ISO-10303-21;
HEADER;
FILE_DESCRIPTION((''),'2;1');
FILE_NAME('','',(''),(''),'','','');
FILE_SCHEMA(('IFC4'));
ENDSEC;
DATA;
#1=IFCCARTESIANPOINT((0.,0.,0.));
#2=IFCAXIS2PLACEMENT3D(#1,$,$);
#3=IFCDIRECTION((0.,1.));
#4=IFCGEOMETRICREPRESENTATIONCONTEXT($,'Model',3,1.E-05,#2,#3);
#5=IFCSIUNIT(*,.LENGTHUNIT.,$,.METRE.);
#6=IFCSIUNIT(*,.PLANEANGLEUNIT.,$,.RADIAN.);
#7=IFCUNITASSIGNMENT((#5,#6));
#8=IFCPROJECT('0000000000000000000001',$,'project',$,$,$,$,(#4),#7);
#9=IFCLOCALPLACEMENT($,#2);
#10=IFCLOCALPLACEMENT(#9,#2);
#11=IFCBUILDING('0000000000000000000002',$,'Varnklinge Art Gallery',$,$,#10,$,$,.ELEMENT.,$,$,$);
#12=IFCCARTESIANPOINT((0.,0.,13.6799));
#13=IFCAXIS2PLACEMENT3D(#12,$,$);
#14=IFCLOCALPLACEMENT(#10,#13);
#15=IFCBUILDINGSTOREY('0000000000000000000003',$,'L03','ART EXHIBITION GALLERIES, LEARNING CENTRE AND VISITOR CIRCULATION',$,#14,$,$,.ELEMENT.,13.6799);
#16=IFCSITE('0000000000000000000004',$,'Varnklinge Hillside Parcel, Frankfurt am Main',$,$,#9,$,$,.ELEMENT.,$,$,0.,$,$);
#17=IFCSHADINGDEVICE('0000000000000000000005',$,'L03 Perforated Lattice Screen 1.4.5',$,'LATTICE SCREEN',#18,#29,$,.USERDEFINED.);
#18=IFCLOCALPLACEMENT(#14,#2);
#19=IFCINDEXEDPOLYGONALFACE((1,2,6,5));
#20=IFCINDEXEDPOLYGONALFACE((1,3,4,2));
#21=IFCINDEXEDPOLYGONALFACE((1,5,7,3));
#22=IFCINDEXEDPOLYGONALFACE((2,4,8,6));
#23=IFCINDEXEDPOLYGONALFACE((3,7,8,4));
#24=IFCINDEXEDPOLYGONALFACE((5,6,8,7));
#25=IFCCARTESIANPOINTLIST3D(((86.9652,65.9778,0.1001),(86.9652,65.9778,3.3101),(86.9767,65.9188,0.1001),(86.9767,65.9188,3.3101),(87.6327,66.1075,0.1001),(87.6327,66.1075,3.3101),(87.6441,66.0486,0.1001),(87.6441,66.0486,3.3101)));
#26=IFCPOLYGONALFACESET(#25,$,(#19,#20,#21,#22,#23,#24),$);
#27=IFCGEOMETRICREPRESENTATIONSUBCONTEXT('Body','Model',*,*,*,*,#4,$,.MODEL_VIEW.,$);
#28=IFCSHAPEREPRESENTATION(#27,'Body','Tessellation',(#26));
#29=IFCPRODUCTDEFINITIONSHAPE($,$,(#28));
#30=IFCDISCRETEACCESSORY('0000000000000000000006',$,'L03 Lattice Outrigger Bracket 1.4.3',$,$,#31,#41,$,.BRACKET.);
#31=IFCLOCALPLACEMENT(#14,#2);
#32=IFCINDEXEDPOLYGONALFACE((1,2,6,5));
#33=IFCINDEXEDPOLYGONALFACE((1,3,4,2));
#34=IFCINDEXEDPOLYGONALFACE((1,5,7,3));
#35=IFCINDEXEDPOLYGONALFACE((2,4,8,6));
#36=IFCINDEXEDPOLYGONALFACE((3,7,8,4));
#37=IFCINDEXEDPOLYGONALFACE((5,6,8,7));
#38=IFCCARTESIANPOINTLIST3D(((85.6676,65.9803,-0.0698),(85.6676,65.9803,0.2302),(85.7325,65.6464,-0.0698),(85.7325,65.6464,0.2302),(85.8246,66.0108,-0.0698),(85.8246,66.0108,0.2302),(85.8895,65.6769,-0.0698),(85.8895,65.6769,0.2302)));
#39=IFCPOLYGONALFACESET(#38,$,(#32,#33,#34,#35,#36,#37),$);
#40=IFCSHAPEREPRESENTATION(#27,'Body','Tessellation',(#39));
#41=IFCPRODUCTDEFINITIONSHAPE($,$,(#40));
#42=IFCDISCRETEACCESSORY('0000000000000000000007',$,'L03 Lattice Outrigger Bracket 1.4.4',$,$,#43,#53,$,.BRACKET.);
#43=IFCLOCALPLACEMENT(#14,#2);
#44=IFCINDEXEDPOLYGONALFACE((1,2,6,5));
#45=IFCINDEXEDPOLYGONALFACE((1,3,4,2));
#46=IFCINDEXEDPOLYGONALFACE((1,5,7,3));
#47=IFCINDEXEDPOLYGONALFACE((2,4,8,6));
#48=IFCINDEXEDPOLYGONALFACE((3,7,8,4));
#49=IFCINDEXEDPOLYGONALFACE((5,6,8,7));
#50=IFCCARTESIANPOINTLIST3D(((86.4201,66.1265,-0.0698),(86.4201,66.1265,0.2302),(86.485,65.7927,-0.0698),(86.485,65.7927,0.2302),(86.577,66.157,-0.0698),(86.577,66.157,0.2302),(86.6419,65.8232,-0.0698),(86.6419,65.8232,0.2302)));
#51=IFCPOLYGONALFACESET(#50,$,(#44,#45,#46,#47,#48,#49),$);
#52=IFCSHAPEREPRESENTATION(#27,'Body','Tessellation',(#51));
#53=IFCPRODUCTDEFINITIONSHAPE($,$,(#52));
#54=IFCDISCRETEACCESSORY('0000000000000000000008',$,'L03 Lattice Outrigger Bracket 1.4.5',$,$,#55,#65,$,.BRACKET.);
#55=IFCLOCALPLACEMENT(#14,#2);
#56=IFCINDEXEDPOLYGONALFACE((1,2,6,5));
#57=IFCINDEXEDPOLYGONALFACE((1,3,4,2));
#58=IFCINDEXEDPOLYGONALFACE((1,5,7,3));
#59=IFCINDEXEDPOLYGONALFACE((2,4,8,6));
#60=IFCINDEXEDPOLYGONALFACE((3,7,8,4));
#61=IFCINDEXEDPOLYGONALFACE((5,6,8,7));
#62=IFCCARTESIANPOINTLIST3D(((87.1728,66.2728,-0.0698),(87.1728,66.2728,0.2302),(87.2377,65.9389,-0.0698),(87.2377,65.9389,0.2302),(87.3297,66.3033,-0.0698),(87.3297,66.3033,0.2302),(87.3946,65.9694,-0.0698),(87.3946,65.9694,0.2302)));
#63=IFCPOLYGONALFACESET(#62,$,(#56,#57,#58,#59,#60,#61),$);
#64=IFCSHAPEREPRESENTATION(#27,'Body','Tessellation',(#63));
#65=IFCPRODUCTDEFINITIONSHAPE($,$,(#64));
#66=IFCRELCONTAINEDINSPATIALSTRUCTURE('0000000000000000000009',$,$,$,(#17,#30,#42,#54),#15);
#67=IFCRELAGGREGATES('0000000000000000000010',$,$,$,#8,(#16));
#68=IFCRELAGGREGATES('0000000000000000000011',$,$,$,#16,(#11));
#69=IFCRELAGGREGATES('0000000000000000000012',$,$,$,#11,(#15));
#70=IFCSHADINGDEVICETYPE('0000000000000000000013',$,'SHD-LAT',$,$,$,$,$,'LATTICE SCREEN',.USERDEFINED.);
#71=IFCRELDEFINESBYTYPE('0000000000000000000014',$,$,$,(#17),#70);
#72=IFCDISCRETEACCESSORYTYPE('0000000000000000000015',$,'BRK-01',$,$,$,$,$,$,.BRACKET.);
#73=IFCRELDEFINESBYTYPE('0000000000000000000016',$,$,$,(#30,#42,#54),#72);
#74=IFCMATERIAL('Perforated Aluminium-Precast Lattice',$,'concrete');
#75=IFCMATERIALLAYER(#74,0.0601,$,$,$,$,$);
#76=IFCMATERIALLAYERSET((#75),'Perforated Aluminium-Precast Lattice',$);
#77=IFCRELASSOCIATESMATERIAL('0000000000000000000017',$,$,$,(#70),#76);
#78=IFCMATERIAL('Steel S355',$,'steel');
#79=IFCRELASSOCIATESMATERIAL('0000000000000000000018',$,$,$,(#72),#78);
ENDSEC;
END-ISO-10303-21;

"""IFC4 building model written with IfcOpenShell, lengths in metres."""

from ifc_helpers import new_model, si_unit, direction, frame, origin, origin_2d, place, context, subcontext, project, spatial, rectangle, extrude, material, layer, layer_set, type_object, element, save


model = new_model("IFC4")

# Units and contexts
model_context = context("Model", 3, precision=1e-05, world=origin(), true_north=direction((0.0, 1.0)))
body_context = subcontext(model_context, "Body", "Model", "MODEL_VIEW")
ifc_project = project(units=[si_unit("LENGTHUNIT", "METRE"), si_unit("PLANEANGLEUNIT", "RADIAN")], contexts=[model_context])

# Site, building, storey
site_placement = place(None, origin())
site = spatial("IfcSite", under=ifc_project, at=site_placement, Name="Varnklinge Hillside Parcel, Frankfurt am Main", CompositionType="ELEMENT", RefElevation=0.0)
building_placement = place(site_placement, origin())
building = spatial("IfcBuilding", under=site, at=building_placement, Name="Varnklinge Art Gallery", CompositionType="ELEMENT")
storey_placement = place(building_placement, frame((0.0, 0.0, 13.6799)))
storey = spatial("IfcBuildingStorey", under=building, at=storey_placement, Name="L03", Description="ART EXHIBITION GALLERIES, LEARNING CENTRE AND VISITOR CIRCULATION", CompositionType="ELEMENT", Elevation=13.6799)

# Shading device
ifc_material_1 = material(Name="Perforated Aluminium-Precast Lattice", Category="concrete")
ifc_layer_1 = layer(ifc_material_1, 0.0601)
ifc_layer_set_1 = layer_set([ifc_layer_1], Name="Perforated Aluminium-Precast Lattice")
shading_device_type = type_object("IfcShadingDeviceType", Name="SHD-LAT", ElementType="LATTICE SCREEN", PredefinedType="USERDEFINED", material=ifc_layer_set_1)
for number, where, z_axis, x_axis, name in (
    (1, (87.3047, 66.0132, 0.1001), (0.0, 0.0, 1.0), (0.981627, 0.190809, 0.0), "L03 Perforated Lattice Screen 1.4.5"),
):
    element("IfcShadingDevice", number, at=place(storey_placement, frame(where, z_axis=z_axis, x_axis=x_axis)), inside=storey, type_object=shading_device_type, Name=name, ObjectType="LATTICE SCREEN", PredefinedType="USERDEFINED", context=body_context, shape_type="SweptSolid", body=[
        extrude(rectangle(XDim=0.6799, YDim=0.0601, at=origin_2d()), origin(), (0.0, 0.0, 1.0), 3.21),
    ])

# Discrete accessories
ifc_material_2 = material(Name="Steel S355", Category="steel")
discrete_accessory_type = type_object("IfcDiscreteAccessoryType", Name="BRK-01", PredefinedType="BRACKET", material=ifc_material_2)
for number, where, z_axis, x_axis, name in (
    (2, (85.7786, 65.8286, -0.0698), (0.0, 0.0, 1.0), (0.981627, 0.190809, 0.0), "L03 Lattice Outrigger Bracket 1.4.3"),
    (3, (86.531, 65.9749, -0.0698), (0.0, 0.0, 1.0), (0.981627, 0.190809, 0.0), "L03 Lattice Outrigger Bracket 1.4.4"),
    (4, (87.2837, 66.1211, -0.0698), (0.0, 0.0, 1.0), (0.981627, 0.190809, 0.0), "L03 Lattice Outrigger Bracket 1.4.5"),
):
    element("IfcDiscreteAccessory", number, at=place(storey_placement, frame(where, z_axis=z_axis, x_axis=x_axis)), inside=storey, type_object=discrete_accessory_type, Name=name, PredefinedType="BRACKET", context=body_context, shape_type="SweptSolid", body=[
        extrude(rectangle(XDim=0.1599, YDim=0.3401, at=origin_2d()), origin(), (0.0, 0.0, 1.0), 0.3),
    ])

save(model, "model.ifc")
